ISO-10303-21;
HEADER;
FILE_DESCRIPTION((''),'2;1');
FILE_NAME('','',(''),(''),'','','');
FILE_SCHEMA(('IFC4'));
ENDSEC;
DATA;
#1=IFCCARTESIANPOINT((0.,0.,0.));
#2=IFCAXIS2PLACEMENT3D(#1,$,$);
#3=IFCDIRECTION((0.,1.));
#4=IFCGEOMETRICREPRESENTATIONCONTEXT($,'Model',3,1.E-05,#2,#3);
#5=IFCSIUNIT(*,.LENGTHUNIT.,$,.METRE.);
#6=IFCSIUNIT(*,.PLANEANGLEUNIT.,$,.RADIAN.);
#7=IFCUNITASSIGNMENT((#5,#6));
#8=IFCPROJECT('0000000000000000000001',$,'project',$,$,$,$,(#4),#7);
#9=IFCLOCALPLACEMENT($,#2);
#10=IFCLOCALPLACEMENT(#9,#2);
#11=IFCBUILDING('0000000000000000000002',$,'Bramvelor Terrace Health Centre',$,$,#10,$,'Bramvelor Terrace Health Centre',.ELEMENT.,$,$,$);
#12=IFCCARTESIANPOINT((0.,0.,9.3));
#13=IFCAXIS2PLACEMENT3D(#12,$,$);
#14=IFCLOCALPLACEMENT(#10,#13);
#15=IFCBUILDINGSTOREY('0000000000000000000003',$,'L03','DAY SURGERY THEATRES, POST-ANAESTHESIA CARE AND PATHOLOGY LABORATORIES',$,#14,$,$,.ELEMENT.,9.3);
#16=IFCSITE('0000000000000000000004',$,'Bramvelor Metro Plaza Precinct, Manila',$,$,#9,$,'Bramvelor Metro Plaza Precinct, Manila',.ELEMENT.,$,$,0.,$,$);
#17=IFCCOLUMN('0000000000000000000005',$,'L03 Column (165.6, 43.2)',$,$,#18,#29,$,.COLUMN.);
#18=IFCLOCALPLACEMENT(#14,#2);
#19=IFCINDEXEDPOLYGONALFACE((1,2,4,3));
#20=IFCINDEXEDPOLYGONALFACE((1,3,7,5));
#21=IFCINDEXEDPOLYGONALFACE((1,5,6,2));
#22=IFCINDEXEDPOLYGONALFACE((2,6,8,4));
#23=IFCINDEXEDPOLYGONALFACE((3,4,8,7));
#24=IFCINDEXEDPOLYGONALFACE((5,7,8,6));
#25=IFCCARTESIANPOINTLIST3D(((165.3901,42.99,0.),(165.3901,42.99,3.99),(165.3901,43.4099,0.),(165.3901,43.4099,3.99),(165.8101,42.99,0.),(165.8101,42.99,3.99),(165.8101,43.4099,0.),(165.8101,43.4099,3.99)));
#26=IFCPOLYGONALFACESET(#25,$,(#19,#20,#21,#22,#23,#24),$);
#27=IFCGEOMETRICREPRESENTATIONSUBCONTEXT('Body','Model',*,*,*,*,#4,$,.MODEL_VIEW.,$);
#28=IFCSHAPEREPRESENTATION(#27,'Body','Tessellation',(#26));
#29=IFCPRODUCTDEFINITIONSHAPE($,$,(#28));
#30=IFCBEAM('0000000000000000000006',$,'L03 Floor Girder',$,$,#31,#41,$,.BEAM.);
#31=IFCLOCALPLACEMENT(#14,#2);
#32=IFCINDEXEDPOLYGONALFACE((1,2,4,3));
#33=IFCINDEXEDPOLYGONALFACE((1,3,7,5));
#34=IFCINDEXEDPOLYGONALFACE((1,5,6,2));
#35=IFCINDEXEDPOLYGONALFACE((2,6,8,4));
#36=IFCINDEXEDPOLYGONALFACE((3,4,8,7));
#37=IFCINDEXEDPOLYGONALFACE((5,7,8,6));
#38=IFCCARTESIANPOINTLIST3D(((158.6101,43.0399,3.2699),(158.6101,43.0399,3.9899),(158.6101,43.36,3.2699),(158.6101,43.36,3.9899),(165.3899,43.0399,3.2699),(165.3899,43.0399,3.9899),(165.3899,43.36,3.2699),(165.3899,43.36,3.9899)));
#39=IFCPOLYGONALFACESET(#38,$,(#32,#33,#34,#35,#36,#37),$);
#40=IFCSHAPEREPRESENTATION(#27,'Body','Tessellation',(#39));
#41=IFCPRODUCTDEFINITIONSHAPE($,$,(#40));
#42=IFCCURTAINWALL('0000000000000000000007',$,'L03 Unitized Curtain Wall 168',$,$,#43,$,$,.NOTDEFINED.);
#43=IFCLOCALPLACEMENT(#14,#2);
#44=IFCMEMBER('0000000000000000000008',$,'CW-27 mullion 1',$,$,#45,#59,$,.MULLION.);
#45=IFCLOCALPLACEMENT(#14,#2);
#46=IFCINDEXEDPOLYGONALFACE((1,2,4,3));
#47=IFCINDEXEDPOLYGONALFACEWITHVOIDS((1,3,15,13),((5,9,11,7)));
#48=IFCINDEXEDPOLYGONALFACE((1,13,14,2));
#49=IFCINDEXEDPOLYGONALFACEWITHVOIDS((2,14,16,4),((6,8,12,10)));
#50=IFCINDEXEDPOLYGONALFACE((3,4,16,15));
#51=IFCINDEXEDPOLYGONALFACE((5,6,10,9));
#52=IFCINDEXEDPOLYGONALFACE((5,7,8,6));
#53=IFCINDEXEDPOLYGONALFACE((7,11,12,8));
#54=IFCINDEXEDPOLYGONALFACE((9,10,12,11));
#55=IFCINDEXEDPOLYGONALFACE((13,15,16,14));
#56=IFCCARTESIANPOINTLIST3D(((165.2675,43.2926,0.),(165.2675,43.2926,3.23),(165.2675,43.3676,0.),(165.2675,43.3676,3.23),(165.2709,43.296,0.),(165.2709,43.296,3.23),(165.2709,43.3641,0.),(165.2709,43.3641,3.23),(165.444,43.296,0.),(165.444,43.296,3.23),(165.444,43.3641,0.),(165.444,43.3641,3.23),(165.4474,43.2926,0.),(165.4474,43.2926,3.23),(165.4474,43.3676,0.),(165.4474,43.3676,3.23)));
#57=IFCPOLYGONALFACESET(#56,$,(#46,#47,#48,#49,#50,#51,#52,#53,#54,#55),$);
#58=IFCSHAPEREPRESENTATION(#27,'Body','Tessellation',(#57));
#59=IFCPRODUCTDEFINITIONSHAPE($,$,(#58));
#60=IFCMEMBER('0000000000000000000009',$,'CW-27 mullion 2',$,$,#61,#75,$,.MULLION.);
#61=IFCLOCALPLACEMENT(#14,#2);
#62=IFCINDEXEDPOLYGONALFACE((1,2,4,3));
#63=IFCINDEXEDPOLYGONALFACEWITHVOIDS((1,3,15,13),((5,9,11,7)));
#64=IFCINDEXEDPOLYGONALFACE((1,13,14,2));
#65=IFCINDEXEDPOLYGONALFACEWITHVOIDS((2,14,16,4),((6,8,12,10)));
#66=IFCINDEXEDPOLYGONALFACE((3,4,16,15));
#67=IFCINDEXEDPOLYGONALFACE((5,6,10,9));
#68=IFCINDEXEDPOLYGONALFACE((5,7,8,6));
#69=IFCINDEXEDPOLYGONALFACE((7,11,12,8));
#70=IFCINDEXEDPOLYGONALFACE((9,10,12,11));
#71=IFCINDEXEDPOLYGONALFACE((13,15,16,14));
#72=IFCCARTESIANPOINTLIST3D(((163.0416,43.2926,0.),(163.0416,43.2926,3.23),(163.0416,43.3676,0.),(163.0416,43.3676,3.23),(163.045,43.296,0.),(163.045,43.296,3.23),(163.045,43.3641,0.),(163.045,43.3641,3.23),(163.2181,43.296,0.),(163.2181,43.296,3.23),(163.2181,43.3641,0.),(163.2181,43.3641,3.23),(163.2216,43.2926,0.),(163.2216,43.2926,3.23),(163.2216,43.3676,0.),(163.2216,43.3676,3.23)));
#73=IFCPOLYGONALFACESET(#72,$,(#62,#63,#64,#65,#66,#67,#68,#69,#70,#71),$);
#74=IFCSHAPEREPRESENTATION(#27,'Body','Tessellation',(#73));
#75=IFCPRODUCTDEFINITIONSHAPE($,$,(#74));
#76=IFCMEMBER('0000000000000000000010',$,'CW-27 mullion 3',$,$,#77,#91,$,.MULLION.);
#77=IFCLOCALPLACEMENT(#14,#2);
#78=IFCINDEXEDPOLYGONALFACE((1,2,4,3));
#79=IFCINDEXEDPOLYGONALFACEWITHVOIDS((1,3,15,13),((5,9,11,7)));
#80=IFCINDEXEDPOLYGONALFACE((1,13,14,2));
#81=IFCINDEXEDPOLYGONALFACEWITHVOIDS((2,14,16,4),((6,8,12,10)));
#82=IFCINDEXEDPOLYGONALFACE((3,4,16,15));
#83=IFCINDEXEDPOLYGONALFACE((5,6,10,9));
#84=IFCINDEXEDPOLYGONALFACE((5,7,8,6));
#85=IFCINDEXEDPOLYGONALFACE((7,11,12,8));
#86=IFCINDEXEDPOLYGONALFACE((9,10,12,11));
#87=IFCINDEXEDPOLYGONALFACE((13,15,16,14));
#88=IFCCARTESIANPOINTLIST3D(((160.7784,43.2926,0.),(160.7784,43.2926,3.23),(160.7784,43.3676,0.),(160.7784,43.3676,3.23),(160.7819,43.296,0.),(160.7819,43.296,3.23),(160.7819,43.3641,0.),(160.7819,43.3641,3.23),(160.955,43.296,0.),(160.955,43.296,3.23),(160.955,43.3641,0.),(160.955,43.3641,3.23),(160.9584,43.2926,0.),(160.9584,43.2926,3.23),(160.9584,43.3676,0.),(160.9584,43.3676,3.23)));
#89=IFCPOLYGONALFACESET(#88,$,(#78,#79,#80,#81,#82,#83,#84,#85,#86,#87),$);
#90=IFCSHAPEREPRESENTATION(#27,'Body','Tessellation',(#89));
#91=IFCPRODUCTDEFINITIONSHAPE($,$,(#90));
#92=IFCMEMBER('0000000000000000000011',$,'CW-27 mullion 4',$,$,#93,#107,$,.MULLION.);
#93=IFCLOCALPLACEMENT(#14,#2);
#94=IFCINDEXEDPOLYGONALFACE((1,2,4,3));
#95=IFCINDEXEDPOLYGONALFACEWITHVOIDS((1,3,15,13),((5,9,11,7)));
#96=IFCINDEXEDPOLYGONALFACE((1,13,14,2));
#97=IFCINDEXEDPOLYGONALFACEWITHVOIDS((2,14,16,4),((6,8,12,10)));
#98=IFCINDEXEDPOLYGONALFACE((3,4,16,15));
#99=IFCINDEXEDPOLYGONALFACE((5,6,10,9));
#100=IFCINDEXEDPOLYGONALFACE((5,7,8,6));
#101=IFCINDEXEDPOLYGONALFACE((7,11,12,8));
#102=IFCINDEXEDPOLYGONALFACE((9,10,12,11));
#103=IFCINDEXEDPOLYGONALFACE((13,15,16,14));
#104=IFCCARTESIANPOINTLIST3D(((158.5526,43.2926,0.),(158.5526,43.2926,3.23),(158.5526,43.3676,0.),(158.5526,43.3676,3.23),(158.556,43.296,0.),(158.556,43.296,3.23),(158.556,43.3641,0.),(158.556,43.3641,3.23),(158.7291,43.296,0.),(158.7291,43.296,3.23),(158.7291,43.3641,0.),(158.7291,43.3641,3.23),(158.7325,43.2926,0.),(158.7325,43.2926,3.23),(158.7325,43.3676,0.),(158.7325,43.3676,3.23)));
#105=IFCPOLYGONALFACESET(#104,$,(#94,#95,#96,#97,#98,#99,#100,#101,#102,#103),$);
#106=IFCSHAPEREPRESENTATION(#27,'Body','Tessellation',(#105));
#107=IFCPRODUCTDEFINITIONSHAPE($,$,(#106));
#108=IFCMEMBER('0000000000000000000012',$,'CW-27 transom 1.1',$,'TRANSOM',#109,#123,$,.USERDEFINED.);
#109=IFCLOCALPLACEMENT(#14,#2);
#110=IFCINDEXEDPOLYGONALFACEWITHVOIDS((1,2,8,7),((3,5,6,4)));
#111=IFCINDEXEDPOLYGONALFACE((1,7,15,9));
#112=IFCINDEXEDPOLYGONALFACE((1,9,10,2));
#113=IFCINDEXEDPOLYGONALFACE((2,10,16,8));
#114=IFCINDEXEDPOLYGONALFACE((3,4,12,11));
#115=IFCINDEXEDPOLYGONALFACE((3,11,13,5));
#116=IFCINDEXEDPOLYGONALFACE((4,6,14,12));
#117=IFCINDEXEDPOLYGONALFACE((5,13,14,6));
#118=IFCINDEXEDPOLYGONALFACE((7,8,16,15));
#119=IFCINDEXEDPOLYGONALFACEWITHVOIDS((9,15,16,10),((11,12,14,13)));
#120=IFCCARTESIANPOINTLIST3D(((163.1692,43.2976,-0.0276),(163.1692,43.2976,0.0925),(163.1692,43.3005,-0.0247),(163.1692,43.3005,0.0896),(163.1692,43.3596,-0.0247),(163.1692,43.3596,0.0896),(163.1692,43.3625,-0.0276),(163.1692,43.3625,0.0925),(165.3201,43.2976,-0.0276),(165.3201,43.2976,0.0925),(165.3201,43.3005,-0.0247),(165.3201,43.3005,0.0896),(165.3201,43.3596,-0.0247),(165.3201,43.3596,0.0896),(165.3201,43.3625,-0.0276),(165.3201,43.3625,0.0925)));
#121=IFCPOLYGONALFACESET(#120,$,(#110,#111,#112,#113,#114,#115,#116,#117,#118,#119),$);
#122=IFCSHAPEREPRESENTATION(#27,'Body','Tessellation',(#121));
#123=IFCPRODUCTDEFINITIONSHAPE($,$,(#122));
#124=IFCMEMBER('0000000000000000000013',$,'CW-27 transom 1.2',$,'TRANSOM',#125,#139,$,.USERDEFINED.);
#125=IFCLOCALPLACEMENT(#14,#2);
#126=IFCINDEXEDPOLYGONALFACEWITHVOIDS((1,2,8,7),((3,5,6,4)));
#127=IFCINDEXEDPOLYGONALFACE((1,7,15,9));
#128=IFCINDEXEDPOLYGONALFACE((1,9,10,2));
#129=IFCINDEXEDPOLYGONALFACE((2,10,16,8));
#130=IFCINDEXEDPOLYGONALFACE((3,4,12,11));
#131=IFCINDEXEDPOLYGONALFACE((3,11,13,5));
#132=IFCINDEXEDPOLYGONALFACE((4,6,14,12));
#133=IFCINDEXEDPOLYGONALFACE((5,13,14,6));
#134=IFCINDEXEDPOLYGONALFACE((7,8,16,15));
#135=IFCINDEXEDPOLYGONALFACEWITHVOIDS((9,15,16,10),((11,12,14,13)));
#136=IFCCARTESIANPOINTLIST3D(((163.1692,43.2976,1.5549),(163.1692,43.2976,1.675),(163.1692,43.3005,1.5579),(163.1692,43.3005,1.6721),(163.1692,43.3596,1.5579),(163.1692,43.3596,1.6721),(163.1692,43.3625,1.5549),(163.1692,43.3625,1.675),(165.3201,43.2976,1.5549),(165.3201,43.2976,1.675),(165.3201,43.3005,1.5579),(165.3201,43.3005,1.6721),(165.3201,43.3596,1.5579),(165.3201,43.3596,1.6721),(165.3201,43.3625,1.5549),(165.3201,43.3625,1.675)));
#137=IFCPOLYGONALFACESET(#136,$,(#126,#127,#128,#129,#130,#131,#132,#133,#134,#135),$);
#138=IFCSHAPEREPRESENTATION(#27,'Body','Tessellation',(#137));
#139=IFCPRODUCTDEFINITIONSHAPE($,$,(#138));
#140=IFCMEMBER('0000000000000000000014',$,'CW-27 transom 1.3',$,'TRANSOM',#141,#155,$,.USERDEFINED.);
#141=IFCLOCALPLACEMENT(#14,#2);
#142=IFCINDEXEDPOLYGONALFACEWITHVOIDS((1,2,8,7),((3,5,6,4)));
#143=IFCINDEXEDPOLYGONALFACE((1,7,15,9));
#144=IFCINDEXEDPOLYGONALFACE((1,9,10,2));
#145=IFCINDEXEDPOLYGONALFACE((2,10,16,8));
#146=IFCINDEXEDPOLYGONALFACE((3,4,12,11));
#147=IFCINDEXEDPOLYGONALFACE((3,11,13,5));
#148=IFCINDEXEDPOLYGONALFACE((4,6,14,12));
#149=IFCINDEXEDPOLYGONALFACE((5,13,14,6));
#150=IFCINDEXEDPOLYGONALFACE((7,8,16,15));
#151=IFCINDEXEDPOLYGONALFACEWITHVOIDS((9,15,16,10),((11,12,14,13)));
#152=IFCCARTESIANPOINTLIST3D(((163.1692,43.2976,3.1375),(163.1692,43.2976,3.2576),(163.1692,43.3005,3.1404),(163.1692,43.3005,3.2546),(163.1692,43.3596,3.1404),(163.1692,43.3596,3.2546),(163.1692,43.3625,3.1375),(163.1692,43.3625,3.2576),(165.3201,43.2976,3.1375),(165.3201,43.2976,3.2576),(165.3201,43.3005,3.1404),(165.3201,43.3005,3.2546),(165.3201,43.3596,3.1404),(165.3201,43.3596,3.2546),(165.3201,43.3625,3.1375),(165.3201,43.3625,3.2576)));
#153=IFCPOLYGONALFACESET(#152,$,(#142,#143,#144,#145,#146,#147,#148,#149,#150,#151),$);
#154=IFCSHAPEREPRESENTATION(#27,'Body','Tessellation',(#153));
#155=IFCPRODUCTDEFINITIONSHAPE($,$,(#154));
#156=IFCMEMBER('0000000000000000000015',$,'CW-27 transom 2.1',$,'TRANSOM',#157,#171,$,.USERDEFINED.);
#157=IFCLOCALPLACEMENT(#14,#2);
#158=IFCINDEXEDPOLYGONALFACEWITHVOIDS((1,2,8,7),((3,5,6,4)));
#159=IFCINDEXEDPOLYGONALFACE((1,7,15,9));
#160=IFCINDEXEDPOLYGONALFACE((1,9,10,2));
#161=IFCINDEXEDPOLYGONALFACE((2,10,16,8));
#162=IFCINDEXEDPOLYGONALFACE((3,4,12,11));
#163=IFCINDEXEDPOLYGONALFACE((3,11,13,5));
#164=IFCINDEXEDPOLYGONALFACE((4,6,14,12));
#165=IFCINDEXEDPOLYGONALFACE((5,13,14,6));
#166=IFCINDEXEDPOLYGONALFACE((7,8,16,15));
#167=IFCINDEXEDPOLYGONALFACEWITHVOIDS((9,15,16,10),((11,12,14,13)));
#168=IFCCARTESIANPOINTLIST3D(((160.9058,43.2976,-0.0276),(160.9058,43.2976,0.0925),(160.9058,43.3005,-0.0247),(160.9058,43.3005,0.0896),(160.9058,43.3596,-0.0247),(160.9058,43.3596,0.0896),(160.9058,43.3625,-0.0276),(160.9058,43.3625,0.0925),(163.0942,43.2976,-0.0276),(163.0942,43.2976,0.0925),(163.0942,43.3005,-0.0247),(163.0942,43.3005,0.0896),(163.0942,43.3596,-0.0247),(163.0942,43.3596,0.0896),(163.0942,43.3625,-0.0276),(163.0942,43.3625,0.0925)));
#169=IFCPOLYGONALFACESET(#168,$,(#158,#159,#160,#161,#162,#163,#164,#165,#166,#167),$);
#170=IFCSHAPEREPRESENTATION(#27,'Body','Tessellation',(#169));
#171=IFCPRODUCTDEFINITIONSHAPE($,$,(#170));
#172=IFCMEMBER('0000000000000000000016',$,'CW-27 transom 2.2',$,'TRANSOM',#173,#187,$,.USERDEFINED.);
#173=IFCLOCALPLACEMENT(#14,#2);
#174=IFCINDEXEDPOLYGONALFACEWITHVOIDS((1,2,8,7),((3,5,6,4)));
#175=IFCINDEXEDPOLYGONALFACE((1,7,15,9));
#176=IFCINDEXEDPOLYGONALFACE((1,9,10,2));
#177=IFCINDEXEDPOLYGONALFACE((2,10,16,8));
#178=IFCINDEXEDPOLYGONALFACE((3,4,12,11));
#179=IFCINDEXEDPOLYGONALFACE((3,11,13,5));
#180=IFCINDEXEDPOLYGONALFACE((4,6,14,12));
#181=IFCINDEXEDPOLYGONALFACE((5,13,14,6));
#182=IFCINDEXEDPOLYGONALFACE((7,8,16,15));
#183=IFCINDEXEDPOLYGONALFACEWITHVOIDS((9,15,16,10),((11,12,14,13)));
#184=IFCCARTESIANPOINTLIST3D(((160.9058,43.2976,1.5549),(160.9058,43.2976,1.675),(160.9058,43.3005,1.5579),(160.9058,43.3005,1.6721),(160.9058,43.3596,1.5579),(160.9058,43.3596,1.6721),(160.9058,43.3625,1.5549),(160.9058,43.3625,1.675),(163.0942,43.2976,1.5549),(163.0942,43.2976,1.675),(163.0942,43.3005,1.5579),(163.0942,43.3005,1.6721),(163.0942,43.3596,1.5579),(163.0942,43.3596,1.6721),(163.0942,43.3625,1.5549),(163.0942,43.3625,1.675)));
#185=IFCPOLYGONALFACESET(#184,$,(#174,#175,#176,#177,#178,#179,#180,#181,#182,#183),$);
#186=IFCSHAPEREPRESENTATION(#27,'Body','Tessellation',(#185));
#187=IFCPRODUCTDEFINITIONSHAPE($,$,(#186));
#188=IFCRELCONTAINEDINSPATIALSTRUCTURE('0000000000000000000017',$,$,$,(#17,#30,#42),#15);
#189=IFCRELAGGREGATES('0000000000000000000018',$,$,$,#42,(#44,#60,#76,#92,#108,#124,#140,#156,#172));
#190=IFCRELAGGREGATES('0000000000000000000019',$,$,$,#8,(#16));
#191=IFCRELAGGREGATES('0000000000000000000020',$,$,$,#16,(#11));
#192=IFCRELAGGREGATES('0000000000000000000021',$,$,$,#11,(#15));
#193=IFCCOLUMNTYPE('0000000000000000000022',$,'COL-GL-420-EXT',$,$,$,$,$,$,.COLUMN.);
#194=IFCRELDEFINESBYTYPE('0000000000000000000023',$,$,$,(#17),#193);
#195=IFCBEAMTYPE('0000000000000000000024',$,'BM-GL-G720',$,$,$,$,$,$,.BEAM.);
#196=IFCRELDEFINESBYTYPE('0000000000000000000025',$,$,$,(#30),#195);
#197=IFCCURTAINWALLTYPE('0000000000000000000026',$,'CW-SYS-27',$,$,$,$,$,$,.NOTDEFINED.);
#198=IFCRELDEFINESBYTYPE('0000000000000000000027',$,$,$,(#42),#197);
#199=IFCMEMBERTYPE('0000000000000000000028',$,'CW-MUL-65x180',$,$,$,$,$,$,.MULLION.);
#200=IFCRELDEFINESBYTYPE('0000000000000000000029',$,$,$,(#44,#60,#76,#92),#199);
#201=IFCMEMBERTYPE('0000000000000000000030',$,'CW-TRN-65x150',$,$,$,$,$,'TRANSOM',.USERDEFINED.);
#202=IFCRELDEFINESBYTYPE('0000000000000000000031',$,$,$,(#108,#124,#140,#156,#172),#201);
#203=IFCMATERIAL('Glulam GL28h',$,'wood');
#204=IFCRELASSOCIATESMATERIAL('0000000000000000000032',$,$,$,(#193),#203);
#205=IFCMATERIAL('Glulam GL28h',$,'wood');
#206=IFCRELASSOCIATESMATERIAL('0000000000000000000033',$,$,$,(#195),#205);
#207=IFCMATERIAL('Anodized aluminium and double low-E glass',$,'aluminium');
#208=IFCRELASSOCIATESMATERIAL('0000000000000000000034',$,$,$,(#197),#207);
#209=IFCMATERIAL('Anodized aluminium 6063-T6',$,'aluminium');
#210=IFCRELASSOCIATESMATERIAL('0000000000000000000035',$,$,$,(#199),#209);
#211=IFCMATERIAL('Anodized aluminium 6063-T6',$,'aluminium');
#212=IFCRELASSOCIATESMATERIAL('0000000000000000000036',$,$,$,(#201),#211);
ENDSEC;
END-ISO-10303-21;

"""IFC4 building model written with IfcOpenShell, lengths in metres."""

from ifc_helpers import new_model, si_unit, direction, frame, origin, origin_2d, place, context, subcontext, project, spatial, rectangle, hollow_rectangle, extrude, material, material_profile, profile_set, type_object, element, aggregate, save


model = new_model("IFC4")

# Units and contexts
model_context = context("Model", 3, precision=1e-05, world=origin(), true_north=direction((0.0, 1.0)))
body_context = subcontext(model_context, "Body", "Model", "MODEL_VIEW")
ifc_project = project(units=[si_unit("LENGTHUNIT", "METRE"), si_unit("PLANEANGLEUNIT", "RADIAN")], contexts=[model_context])

# Site, building, storey
site_placement = place(None, origin())
site = spatial("IfcSite", under=ifc_project, at=site_placement, Name="Bramvelor Metro Plaza Precinct, Manila", LongName="Bramvelor Metro Plaza Precinct, Manila", CompositionType="ELEMENT", RefElevation=0.0)
building_placement = place(site_placement, origin())
building = spatial("IfcBuilding", under=site, at=building_placement, Name="Bramvelor Terrace Health Centre", LongName="Bramvelor Terrace Health Centre", CompositionType="ELEMENT")
storey_placement = place(building_placement, frame((0.0, 0.0, 9.3)))
storey = spatial("IfcBuildingStorey", under=building, at=storey_placement, Name="L03", Description="DAY SURGERY THEATRES, POST-ANAESTHESIA CARE AND PATHOLOGY LABORATORIES", CompositionType="ELEMENT", Elevation=9.3)

# Column
ifc_material_1 = material(Name="Glulam GL28h", Category="wood")
ifc_material_profile_1 = material_profile(ifc_material_1, rectangle(XDim=0.4199, YDim=0.4199, at=origin_2d()), Name="GL 420x420")
ifc_profile_set_1 = profile_set([ifc_material_profile_1], Name="Glulam GL28h")
column_type = type_object("IfcColumnType", Name="COL-GL-420-EXT", PredefinedType="COLUMN", material=ifc_profile_set_1)
column_placement = place(storey_placement, frame((165.6001, 43.2, 0.0), z_axis=(0.0, 0.0, 1.0), x_axis=(1.0, 0.0, 0.0)))
element("IfcColumn", 1, at=column_placement, inside=storey, type_object=column_type, Name="L03 Column (165.6, 43.2)", PredefinedType="COLUMN", context=body_context, shape_type="SweptSolid", body=[
    extrude(rectangle(XDim=0.4199, YDim=0.4199, at=origin_2d()), origin(), (0.0, 0.0, 1.0), 3.99),
])

# Beam
ifc_material_2 = material(Name="Glulam GL28h", Category="wood")
ifc_material_profile_2 = material_profile(ifc_material_2, rectangle(XDim=0.3201, YDim=0.72, at=origin_2d()), Name="GL 320x720")
ifc_profile_set_2 = profile_set([ifc_material_profile_2], Name="Glulam GL28h")
beam_type = type_object("IfcBeamType", Name="BM-GL-G720", PredefinedType="BEAM", material=ifc_profile_set_2)
beam_placement = place(storey_placement, frame((158.6101, 43.2, 3.6299), z_axis=(1.0, 0.0, 0.0), x_axis=(0.0, 1.0, 0.0)))
element("IfcBeam", 2, at=beam_placement, inside=storey, type_object=beam_type, Name="L03 Floor Girder", PredefinedType="BEAM", context=body_context, shape_type="SweptSolid", body=[
    extrude(rectangle(XDim=0.3201, YDim=0.72, at=origin_2d()), origin(), (0.0, 0.0, 1.0), 6.7798),
])

# Curtain wall, members
ifc_material_3 = material(Name="Anodized aluminium and double low-E glass", Category="aluminium")
curtain_wall_type = type_object("IfcCurtainWallType", Name="CW-SYS-27", PredefinedType="NOTDEFINED", material=ifc_material_3)
curtain_wall_placement = place(storey_placement, origin())
curtain_wall = element("IfcCurtainWall", 3, at=curtain_wall_placement, inside=storey, type_object=curtain_wall_type, Name="L03 Unitized Curtain Wall 168", PredefinedType="NOTDEFINED")
ifc_material_4 = material(Name="Anodized aluminium 6063-T6", Category="aluminium")
ifc_material_profile_3 = material_profile(ifc_material_4, hollow_rectangle(XDim=0.075, YDim=0.1799, WallThickness=0.0034, at=origin_2d()), Name="ALU-MUL 75x180x3.5")
ifc_profile_set_3 = profile_set([ifc_material_profile_3], Name="Anodized aluminium 6063-T6")
member_type_1 = type_object("IfcMemberType", Name="CW-MUL-65x180", PredefinedType="MULLION", material=ifc_profile_set_3)
member_1_placement = place(storey_placement, frame((165.3574, 43.3301, 0.0), z_axis=(0.0, 0.0, 1.0), x_axis=(0.0, -1.0, 0.0)))
member_1 = element("IfcMember", 4, at=member_1_placement, type_object=member_type_1, Name="CW-27 mullion 1", PredefinedType="MULLION", context=body_context, shape_type="SweptSolid", body=[
    extrude(hollow_rectangle(XDim=0.075, YDim=0.1799, WallThickness=0.0034, at=origin_2d()), origin(), (0.0, 0.0, 1.0), 3.23),
])
member_2_placement = place(storey_placement, frame((163.1316, 43.3301, 0.0), z_axis=(0.0, 0.0, 1.0), x_axis=(0.0, -1.0, 0.0)))
member_2 = element("IfcMember", 5, at=member_2_placement, type_object=member_type_1, Name="CW-27 mullion 2", PredefinedType="MULLION", context=body_context, shape_type="SweptSolid", body=[
    extrude(hollow_rectangle(XDim=0.075, YDim=0.1799, WallThickness=0.0034, at=origin_2d()), origin(), (0.0, 0.0, 1.0), 3.23),
])
member_3_placement = place(storey_placement, frame((160.8684, 43.3301, 0.0), z_axis=(0.0, 0.0, 1.0), x_axis=(0.0, -1.0, 0.0)))
member_3 = element("IfcMember", 6, at=member_3_placement, type_object=member_type_1, Name="CW-27 mullion 3", PredefinedType="MULLION", context=body_context, shape_type="SweptSolid", body=[
    extrude(hollow_rectangle(XDim=0.075, YDim=0.1799, WallThickness=0.0034, at=origin_2d()), origin(), (0.0, 0.0, 1.0), 3.23),
])
member_4_placement = place(storey_placement, frame((158.6426, 43.3301, 0.0), z_axis=(0.0, 0.0, 1.0), x_axis=(0.0, -1.0, 0.0)))
member_4 = element("IfcMember", 7, at=member_4_placement, type_object=member_type_1, Name="CW-27 mullion 4", PredefinedType="MULLION", context=body_context, shape_type="SweptSolid", body=[
    extrude(hollow_rectangle(XDim=0.075, YDim=0.1799, WallThickness=0.0034, at=origin_2d()), origin(), (0.0, 0.0, 1.0), 3.23),
])
ifc_material_5 = material(Name="Anodized aluminium 6063-T6", Category="aluminium")
ifc_material_profile_4 = material_profile(ifc_material_5, hollow_rectangle(XDim=0.0649, YDim=0.1201, WallThickness=0.0029, at=origin_2d()), Name="ALU-TRN 65x120x3.0")
ifc_profile_set_4 = profile_set([ifc_material_profile_4], Name="Anodized aluminium 6063-T6")
member_type_2 = type_object("IfcMemberType", Name="CW-TRN-65x150", ElementType="TRANSOM", PredefinedType="USERDEFINED", material=ifc_profile_set_4)
member_5_placement = place(storey_placement, frame((165.3201, 43.3301, 0.0325), z_axis=(-1.0, 0.0, 0.0), x_axis=(0.0, -1.0, 0.0)))
member_5 = element("IfcMember", 8, at=member_5_placement, type_object=member_type_2, Name="CW-27 transom 1.1", ObjectType="TRANSOM", PredefinedType="USERDEFINED", context=body_context, shape_type="SweptSolid", body=[
    extrude(hollow_rectangle(XDim=0.0649, YDim=0.1201, WallThickness=0.0029, at=origin_2d()), origin(), (0.0, 0.0, 1.0), 2.1509),
])
member_6_placement = place(storey_placement, frame((165.3201, 43.3301, 1.615), z_axis=(-1.0, 0.0, 0.0), x_axis=(0.0, -1.0, 0.0)))
member_6 = element("IfcMember", 9, at=member_6_placement, type_object=member_type_2, Name="CW-27 transom 1.2", ObjectType="TRANSOM", PredefinedType="USERDEFINED", context=body_context, shape_type="SweptSolid", body=[
    extrude(hollow_rectangle(XDim=0.0649, YDim=0.1201, WallThickness=0.0029, at=origin_2d()), origin(), (0.0, 0.0, 1.0), 2.1509),
])
member_7_placement = place(storey_placement, frame((165.3201, 43.3301, 3.1975), z_axis=(-1.0, 0.0, 0.0), x_axis=(0.0, -1.0, 0.0)))
member_7 = element("IfcMember", 10, at=member_7_placement, type_object=member_type_2, Name="CW-27 transom 1.3", ObjectType="TRANSOM", PredefinedType="USERDEFINED", context=body_context, shape_type="SweptSolid", body=[
    extrude(hollow_rectangle(XDim=0.0649, YDim=0.1201, WallThickness=0.0029, at=origin_2d()), origin(), (0.0, 0.0, 1.0), 2.1509),
])
member_8_placement = place(storey_placement, frame((163.0942, 43.3301, 0.0325), z_axis=(-1.0, 0.0, 0.0), x_axis=(0.0, -1.0, 0.0)))
member_8 = element("IfcMember", 11, at=member_8_placement, type_object=member_type_2, Name="CW-27 transom 2.1", ObjectType="TRANSOM", PredefinedType="USERDEFINED", context=body_context, shape_type="SweptSolid", body=[
    extrude(hollow_rectangle(XDim=0.0649, YDim=0.1201, WallThickness=0.0029, at=origin_2d()), origin(), (0.0, 0.0, 1.0), 2.1885),
])
member_9_placement = place(storey_placement, frame((163.0942, 43.3301, 1.615), z_axis=(-1.0, 0.0, 0.0), x_axis=(0.0, -1.0, 0.0)))
member_9 = element("IfcMember", 12, at=member_9_placement, type_object=member_type_2, Name="CW-27 transom 2.2", ObjectType="TRANSOM", PredefinedType="USERDEFINED", context=body_context, shape_type="SweptSolid", body=[
    extrude(hollow_rectangle(XDim=0.0649, YDim=0.1201, WallThickness=0.0029, at=origin_2d()), origin(), (0.0, 0.0, 1.0), 2.1885),
])
aggregate(curtain_wall, [member_1, member_2, member_3, member_4, member_5, member_6, member_7, member_8, member_9])

save(model, "model.ifc")
